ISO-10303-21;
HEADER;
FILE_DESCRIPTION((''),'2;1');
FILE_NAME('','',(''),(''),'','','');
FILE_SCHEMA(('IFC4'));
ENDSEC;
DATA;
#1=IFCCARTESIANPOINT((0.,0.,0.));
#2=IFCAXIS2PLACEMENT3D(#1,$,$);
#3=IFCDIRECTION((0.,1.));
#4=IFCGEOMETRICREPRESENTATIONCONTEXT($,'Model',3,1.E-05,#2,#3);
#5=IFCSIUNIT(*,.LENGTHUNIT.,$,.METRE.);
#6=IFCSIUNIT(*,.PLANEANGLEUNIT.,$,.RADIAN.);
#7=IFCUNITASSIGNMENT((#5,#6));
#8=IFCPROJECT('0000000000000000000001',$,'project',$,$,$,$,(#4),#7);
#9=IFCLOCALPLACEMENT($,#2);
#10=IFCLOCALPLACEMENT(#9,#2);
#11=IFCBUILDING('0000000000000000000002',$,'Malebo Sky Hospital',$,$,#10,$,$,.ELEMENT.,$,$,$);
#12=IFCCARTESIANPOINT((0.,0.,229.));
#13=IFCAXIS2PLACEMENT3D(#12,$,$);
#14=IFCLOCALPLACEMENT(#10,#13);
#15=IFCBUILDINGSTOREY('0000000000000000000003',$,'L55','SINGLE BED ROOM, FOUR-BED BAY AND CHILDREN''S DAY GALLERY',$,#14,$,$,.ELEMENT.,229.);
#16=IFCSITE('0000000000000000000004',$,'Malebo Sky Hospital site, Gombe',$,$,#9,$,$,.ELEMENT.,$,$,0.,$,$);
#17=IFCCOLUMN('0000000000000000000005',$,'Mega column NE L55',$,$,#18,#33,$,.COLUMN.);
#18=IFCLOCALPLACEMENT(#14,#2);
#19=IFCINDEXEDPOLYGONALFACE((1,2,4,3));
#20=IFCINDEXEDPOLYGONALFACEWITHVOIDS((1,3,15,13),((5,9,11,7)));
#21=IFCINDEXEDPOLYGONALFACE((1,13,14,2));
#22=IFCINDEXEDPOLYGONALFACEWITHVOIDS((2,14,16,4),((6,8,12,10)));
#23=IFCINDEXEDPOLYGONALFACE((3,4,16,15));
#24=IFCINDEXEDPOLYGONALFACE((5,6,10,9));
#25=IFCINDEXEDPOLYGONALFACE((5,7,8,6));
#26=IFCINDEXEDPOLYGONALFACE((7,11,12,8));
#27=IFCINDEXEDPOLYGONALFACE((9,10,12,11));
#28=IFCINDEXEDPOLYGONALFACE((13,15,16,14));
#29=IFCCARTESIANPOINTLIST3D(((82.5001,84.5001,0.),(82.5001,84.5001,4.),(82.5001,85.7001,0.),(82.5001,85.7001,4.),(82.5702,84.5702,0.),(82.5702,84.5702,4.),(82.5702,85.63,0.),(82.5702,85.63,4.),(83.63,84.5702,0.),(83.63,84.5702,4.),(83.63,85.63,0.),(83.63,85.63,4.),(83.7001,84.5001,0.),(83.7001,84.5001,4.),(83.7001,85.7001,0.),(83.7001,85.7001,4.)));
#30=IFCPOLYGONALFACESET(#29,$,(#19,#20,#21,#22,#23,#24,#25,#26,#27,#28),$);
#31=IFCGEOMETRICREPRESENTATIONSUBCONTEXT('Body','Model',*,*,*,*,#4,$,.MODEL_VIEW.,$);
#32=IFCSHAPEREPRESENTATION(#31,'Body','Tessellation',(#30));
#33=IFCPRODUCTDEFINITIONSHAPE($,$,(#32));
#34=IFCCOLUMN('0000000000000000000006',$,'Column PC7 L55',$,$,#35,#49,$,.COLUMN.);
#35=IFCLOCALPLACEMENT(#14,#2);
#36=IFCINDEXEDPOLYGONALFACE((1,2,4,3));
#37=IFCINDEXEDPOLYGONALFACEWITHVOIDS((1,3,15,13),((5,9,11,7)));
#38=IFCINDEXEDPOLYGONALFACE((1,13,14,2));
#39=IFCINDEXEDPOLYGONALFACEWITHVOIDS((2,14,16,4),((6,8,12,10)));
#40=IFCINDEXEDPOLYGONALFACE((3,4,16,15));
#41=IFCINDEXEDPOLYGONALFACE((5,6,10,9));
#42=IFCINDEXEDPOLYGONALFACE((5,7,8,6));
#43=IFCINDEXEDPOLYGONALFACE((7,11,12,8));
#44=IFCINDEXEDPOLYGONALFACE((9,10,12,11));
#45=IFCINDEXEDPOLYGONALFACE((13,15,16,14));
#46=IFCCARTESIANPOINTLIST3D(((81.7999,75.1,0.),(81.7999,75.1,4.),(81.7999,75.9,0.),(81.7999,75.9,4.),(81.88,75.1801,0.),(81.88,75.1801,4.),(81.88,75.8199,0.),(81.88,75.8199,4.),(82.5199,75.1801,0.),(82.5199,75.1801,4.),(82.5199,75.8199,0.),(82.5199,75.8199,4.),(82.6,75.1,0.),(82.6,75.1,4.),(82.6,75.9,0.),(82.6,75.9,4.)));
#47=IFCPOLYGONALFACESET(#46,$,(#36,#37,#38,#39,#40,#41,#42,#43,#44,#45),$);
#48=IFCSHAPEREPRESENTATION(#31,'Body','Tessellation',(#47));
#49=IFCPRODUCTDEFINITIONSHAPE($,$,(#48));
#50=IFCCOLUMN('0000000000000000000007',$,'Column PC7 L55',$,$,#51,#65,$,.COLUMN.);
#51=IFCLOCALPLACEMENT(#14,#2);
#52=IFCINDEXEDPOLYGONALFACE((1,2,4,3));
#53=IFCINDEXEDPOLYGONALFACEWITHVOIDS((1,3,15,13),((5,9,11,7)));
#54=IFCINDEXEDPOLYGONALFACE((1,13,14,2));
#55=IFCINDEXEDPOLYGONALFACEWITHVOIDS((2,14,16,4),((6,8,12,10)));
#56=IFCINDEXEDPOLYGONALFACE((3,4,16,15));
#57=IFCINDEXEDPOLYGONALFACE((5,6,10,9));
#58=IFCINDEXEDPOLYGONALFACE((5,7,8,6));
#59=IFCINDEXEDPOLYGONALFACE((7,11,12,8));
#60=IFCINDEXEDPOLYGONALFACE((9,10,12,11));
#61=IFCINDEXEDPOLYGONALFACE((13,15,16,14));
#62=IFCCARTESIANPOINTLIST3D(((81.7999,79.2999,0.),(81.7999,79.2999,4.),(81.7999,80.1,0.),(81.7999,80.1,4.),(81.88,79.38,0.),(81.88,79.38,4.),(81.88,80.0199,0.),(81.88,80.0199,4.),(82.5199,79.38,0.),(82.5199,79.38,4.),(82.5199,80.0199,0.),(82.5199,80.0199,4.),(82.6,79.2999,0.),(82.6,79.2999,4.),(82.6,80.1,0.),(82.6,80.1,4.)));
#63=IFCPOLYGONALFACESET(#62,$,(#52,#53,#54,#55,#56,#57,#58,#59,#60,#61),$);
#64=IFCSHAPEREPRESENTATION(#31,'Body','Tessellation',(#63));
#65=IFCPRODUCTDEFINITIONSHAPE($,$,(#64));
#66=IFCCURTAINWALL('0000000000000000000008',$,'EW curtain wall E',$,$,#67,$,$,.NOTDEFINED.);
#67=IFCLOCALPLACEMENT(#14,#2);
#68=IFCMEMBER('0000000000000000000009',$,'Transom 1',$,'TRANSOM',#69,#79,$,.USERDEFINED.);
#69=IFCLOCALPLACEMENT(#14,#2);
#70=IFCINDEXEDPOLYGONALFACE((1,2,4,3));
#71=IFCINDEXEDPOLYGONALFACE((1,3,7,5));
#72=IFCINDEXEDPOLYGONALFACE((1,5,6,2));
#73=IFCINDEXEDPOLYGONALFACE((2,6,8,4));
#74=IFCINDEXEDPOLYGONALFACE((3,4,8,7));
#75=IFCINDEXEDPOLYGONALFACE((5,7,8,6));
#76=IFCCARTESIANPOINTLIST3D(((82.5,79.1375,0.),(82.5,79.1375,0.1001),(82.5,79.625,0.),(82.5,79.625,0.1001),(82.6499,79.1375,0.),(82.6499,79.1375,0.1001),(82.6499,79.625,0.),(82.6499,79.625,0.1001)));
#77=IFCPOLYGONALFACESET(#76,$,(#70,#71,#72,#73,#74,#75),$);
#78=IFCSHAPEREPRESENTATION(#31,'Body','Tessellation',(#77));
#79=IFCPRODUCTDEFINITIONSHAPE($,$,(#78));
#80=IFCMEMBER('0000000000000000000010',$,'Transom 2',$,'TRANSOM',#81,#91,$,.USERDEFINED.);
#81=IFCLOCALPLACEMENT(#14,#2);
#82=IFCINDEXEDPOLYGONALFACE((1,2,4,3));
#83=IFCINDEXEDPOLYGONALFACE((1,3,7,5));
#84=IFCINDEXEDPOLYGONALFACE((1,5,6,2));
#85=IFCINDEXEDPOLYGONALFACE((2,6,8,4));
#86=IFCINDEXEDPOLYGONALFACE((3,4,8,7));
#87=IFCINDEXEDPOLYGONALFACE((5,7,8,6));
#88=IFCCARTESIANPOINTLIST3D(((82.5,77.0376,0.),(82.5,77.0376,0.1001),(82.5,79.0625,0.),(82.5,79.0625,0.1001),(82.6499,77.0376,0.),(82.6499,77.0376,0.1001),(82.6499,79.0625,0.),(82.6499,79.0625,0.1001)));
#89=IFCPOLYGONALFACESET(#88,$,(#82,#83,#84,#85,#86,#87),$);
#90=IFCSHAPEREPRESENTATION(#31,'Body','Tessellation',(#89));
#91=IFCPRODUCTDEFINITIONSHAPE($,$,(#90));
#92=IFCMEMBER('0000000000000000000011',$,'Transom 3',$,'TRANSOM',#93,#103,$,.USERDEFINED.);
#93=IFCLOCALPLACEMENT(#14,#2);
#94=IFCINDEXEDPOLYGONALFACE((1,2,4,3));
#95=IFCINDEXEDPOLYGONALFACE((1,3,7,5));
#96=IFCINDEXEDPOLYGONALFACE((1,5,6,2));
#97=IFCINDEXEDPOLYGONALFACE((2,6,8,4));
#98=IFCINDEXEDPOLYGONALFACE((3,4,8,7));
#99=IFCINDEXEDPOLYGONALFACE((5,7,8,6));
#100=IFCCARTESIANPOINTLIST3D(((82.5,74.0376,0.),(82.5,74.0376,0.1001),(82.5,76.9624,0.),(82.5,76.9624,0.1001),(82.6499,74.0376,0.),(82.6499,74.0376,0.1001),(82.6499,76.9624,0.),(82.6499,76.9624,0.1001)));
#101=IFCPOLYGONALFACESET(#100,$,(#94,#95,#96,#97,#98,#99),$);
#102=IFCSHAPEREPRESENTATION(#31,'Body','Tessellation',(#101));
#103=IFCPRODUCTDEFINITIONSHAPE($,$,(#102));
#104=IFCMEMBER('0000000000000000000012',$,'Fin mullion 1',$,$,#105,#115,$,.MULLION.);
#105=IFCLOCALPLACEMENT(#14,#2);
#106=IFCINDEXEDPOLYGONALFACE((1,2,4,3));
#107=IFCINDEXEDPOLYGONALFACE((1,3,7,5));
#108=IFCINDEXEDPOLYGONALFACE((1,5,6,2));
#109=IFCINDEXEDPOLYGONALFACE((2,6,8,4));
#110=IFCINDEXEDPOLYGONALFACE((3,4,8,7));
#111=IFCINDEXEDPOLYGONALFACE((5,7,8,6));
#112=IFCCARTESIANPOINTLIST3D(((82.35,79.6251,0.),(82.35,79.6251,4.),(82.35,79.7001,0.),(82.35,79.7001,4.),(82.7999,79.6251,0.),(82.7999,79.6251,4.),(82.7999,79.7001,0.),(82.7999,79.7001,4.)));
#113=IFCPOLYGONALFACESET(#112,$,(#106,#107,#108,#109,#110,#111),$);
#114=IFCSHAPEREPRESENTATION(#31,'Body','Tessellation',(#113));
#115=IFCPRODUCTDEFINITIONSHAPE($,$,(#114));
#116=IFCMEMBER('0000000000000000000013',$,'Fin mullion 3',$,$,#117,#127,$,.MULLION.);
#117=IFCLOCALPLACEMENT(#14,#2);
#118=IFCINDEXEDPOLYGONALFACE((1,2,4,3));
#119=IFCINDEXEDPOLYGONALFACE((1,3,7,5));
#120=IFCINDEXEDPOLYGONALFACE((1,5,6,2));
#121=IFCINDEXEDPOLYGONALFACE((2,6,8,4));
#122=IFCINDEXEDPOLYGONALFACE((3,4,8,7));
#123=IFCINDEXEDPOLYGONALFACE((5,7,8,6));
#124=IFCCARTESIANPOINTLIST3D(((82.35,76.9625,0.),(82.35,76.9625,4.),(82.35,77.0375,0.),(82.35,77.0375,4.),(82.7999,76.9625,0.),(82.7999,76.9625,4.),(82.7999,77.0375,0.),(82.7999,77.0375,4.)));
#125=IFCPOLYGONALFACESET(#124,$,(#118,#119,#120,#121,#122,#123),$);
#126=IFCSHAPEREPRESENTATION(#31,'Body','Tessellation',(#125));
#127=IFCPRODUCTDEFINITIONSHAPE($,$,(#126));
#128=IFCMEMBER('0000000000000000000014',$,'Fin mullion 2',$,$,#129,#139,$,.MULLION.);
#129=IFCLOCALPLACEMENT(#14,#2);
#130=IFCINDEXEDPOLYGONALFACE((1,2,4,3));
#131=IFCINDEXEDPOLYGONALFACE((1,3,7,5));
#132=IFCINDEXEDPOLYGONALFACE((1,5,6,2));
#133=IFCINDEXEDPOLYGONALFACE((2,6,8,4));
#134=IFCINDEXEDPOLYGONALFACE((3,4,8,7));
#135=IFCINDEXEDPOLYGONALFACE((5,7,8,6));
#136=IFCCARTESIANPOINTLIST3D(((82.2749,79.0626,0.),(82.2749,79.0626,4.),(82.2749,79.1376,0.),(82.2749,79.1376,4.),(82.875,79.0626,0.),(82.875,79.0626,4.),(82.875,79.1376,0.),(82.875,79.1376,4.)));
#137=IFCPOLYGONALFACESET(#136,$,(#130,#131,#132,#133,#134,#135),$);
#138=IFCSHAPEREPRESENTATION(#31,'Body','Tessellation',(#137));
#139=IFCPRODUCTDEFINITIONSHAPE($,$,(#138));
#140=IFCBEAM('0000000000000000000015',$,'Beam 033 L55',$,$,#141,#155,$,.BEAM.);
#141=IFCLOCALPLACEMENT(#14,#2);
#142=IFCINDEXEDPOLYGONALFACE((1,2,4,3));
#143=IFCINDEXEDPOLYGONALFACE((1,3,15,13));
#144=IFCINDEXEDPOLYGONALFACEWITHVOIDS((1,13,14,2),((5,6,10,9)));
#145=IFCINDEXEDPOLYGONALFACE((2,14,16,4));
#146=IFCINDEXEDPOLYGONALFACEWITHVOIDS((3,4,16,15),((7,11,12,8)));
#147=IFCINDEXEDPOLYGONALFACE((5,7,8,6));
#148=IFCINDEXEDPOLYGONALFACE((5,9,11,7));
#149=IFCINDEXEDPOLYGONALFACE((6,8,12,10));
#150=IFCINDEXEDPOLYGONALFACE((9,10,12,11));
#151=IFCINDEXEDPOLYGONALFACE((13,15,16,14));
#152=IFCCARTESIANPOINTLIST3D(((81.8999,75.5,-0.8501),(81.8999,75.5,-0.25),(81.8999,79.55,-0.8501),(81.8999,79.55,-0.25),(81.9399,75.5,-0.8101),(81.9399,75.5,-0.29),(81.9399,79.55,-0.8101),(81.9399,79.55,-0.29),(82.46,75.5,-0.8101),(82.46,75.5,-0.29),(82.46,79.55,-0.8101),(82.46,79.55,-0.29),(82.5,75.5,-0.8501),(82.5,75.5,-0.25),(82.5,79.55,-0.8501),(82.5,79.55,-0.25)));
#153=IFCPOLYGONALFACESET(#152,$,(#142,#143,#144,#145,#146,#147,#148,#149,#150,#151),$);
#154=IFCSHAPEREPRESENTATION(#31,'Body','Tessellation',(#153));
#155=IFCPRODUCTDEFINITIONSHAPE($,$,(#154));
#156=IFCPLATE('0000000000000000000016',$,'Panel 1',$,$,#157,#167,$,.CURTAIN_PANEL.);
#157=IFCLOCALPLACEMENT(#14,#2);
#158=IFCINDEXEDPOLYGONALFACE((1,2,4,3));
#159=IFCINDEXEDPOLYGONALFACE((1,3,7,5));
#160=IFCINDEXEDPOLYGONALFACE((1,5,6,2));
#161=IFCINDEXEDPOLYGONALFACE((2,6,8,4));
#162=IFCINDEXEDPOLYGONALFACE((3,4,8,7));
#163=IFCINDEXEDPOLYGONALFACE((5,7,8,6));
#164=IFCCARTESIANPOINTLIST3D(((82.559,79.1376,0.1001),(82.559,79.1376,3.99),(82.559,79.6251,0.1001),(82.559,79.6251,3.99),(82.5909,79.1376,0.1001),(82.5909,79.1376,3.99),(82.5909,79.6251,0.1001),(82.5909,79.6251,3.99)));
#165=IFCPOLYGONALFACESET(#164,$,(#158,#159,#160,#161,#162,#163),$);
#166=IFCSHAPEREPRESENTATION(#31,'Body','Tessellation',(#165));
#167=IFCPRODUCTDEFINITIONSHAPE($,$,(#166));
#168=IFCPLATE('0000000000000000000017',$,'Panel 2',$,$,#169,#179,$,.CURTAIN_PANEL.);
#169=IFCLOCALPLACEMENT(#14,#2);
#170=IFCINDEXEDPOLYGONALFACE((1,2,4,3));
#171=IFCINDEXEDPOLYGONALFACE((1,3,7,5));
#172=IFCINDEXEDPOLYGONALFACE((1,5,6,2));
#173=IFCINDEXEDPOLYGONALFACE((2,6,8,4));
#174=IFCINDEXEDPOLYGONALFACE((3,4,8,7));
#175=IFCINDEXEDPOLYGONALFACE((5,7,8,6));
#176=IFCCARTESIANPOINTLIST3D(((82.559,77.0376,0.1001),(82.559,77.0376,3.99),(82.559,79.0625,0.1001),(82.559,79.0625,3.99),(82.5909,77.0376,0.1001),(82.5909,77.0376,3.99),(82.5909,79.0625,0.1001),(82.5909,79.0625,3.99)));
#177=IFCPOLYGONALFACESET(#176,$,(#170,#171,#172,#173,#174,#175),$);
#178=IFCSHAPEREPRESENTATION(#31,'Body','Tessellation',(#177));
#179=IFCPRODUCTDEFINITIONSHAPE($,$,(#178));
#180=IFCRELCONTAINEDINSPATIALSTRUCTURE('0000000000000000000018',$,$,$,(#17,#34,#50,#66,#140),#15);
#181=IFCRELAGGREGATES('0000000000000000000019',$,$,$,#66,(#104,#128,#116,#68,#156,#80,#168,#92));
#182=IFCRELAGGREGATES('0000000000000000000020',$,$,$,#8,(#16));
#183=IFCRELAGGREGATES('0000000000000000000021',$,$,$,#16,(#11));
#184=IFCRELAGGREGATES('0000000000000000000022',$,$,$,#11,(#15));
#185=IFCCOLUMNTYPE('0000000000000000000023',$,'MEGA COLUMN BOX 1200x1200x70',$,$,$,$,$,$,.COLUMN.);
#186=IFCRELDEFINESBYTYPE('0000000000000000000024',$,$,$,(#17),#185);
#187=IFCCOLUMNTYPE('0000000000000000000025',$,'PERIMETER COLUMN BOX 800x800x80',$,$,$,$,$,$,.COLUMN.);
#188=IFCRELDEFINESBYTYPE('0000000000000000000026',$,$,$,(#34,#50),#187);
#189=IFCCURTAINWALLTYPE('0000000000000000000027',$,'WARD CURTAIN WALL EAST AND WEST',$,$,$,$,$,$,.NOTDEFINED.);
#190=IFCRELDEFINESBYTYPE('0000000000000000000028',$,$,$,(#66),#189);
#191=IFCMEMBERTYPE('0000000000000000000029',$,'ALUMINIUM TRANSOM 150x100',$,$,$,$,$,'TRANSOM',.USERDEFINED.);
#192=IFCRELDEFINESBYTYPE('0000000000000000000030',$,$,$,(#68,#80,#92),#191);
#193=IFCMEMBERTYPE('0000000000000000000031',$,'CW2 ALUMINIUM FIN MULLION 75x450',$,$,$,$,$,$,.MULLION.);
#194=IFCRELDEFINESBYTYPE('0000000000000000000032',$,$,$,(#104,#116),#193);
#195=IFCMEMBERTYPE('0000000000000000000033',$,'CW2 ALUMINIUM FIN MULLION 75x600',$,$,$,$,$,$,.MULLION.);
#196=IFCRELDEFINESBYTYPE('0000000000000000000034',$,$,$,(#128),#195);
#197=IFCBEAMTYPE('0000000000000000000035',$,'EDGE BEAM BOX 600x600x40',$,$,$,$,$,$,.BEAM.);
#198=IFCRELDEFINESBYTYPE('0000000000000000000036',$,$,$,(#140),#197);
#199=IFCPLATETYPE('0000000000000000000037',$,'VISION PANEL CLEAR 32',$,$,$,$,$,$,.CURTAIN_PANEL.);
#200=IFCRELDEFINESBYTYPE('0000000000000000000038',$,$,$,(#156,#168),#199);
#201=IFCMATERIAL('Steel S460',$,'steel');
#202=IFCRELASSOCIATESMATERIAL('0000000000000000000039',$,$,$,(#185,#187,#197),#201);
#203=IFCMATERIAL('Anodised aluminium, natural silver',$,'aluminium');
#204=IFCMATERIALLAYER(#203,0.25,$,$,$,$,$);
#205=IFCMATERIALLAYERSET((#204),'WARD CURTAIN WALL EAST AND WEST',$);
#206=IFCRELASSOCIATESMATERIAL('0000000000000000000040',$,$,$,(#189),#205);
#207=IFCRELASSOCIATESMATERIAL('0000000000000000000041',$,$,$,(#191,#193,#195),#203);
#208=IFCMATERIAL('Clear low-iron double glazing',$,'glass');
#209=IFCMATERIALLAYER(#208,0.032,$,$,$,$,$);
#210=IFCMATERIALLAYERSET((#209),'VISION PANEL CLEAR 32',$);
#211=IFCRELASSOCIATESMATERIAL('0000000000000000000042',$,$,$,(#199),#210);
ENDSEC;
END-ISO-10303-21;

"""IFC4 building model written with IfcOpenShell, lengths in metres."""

from ifc_helpers import new_model, si_unit, direction, frame, origin, origin_2d, place, context, subcontext, project, spatial, rectangle, hollow_rectangle, extrude, material, layer, layer_set, material_profile, profile_set, type_object, element, aggregate, save


model = new_model("IFC4")

# Units and contexts
model_context = context("Model", 3, precision=1e-05, world=origin(), true_north=direction((0.0, 1.0)))
body_context = subcontext(model_context, "Body", "Model", "MODEL_VIEW")
ifc_project = project(units=[si_unit("LENGTHUNIT", "METRE"), si_unit("PLANEANGLEUNIT", "RADIAN")], contexts=[model_context])

# Site, building, storey
site_placement = place(None, origin())
site = spatial("IfcSite", under=ifc_project, at=site_placement, Name="Malebo Sky Hospital site, Gombe", CompositionType="ELEMENT", RefElevation=0.0)
building_placement = place(site_placement, origin())
building = spatial("IfcBuilding", under=site, at=building_placement, Name="Malebo Sky Hospital", CompositionType="ELEMENT")
storey_placement = place(building_placement, frame((0.0, 0.0, 229.0)))
storey = spatial("IfcBuildingStorey", under=building, at=storey_placement, Name="L55", Description="SINGLE BED ROOM, FOUR-BED BAY AND CHILDREN'S DAY GALLERY", CompositionType="ELEMENT", Elevation=229.0)

# Columns
ifc_material_1 = material(Name="Steel S460", Category="steel")
ifc_material_profile_1 = material_profile(ifc_material_1, hollow_rectangle(XDim=1.2, YDim=1.2, WallThickness=0.0701, at=origin_2d()), Name="BOX 1200x1200x70")
ifc_profile_set_1 = profile_set([ifc_material_profile_1], Name="Steel S460")
column_type_1 = type_object("IfcColumnType", Name="MEGA COLUMN BOX 1200x1200x70", PredefinedType="COLUMN", material=ifc_profile_set_1)
column_placement = place(storey_placement, frame((83.1001, 85.1001, 0.0), z_axis=(0.0, 0.0, 1.0), x_axis=(1.0, 0.0, 0.0)))
element("IfcColumn", 1, at=column_placement, inside=storey, type_object=column_type_1, Name="Mega column NE L55", PredefinedType="COLUMN", context=body_context, shape_type="SweptSolid", body=[
    extrude(hollow_rectangle(XDim=1.2, YDim=1.2, WallThickness=0.0701, at=origin_2d()), origin(), (0.0, 0.0, 1.0), 4.0),
])
ifc_material_profile_2 = material_profile(ifc_material_1, hollow_rectangle(XDim=0.8, YDim=0.8, WallThickness=0.0801, at=origin_2d()), Name="BOX 800x800x80")
ifc_profile_set_2 = profile_set([ifc_material_profile_2], Name="Steel S460")
column_type_2 = type_object("IfcColumnType", Name="PERIMETER COLUMN BOX 800x800x80", PredefinedType="COLUMN", material=ifc_profile_set_2)
for number, where, z_axis, x_axis, name in (
    (2, (82.2, 75.5, 0.0), (0.0, 0.0, 1.0), (1.0, 0.0, 0.0), "Column PC7 L55"),
    (3, (82.2, 79.7, 0.0), (0.0, 0.0, 1.0), (1.0, 0.0, 0.0), "Column PC7 L55"),
):
    element("IfcColumn", number, at=place(storey_placement, frame(where, z_axis=z_axis, x_axis=x_axis)), inside=storey, type_object=column_type_2, Name=name, PredefinedType="COLUMN", context=body_context, shape_type="SweptSolid", body=[
        extrude(hollow_rectangle(XDim=0.8, YDim=0.8, WallThickness=0.0801, at=origin_2d()), origin(), (0.0, 0.0, 1.0), 4.0),
    ])

# Curtain wall, members
ifc_material_2 = material(Name="Anodised aluminium, natural silver", Category="aluminium")
ifc_layer_1 = layer(ifc_material_2, 0.25)
ifc_layer_set_1 = layer_set([ifc_layer_1], Name="WARD CURTAIN WALL EAST AND WEST")
curtain_wall_type = type_object("IfcCurtainWallType", Name="WARD CURTAIN WALL EAST AND WEST", PredefinedType="NOTDEFINED", material=ifc_layer_set_1)
curtain_wall_placement = place(storey_placement, origin())
curtain_wall = element("IfcCurtainWall", 4, at=curtain_wall_placement, inside=storey, type_object=curtain_wall_type, Name="EW curtain wall E", PredefinedType="NOTDEFINED")
ifc_material_profile_3 = material_profile(ifc_material_2, rectangle(XDim=0.1499, YDim=0.1001, at=origin_2d()), Name="ALUMINIUM TRANSOM 150x100")
ifc_profile_set_3 = profile_set([ifc_material_profile_3], Name="Anodised aluminium, natural silver")
member_type_1 = type_object("IfcMemberType", Name="ALUMINIUM TRANSOM 150x100", ElementType="TRANSOM", PredefinedType="USERDEFINED", material=ifc_profile_set_3)
member_1_placement = place(storey_placement, frame((82.575, 79.625, 0.05), z_axis=(0.0, -1.0, 0.0), x_axis=(1.0, 0.0, 0.0)))
member_1 = element("IfcMember", 5, at=member_1_placement, type_object=member_type_1, Name="Transom 1", ObjectType="TRANSOM", PredefinedType="USERDEFINED", context=body_context, shape_type="SweptSolid", body=[
    extrude(rectangle(XDim=0.1499, YDim=0.1001, at=origin_2d()), origin(), (0.0, 0.0, 1.0), 0.4875),
])
member_2_placement = place(storey_placement, frame((82.575, 79.0625, 0.05), z_axis=(0.0, -1.0, 0.0), x_axis=(1.0, 0.0, 0.0)))
member_2 = element("IfcMember", 6, at=member_2_placement, type_object=member_type_1, Name="Transom 2", ObjectType="TRANSOM", PredefinedType="USERDEFINED", context=body_context, shape_type="SweptSolid", body=[
    extrude(rectangle(XDim=0.1499, YDim=0.1001, at=origin_2d()), origin(), (0.0, 0.0, 1.0), 2.0249),
])
member_3_placement = place(storey_placement, frame((82.575, 76.9624, 0.05), z_axis=(0.0, -1.0, 0.0), x_axis=(1.0, 0.0, 0.0)))
member_3 = element("IfcMember", 7, at=member_3_placement, type_object=member_type_1, Name="Transom 3", ObjectType="TRANSOM", PredefinedType="USERDEFINED", context=body_context, shape_type="SweptSolid", body=[
    extrude(rectangle(XDim=0.1499, YDim=0.1001, at=origin_2d()), origin(), (0.0, 0.0, 1.0), 2.9248),
])
ifc_material_profile_4 = material_profile(ifc_material_2, rectangle(XDim=0.075, YDim=0.45, at=origin_2d()), Name="CW2 ALUMINIUM FIN MULLION 75x450")
ifc_profile_set_4 = profile_set([ifc_material_profile_4], Name="Anodised aluminium, natural silver")
member_type_2 = type_object("IfcMemberType", Name="CW2 ALUMINIUM FIN MULLION 75x450", PredefinedType="MULLION", material=ifc_profile_set_4)
member_4_placement = place(storey_placement, frame((82.575, 79.6626, 0.0), z_axis=(0.0, 0.0, 1.0), x_axis=(0.0, -1.0, 0.0)))
member_4 = element("IfcMember", 8, at=member_4_placement, type_object=member_type_2, Name="Fin mullion 1", PredefinedType="MULLION", context=body_context, shape_type="SweptSolid", body=[
    extrude(rectangle(XDim=0.075, YDim=0.45, at=origin_2d()), origin(), (0.0, 0.0, 1.0), 4.0),
])
member_5_placement = place(storey_placement, frame((82.575, 77.0, 0.0), z_axis=(0.0, 0.0, 1.0), x_axis=(0.0, -1.0, 0.0)))
member_5 = element("IfcMember", 9, at=member_5_placement, type_object=member_type_2, Name="Fin mullion 3", PredefinedType="MULLION", context=body_context, shape_type="SweptSolid", body=[
    extrude(rectangle(XDim=0.075, YDim=0.45, at=origin_2d()), origin(), (0.0, 0.0, 1.0), 4.0),
])
ifc_material_profile_5 = material_profile(ifc_material_2, rectangle(XDim=0.075, YDim=0.6001, at=origin_2d()), Name="CW2 ALUMINIUM FIN MULLION 75x600")
ifc_profile_set_5 = profile_set([ifc_material_profile_5], Name="Anodised aluminium, natural silver")
member_type_3 = type_object("IfcMemberType", Name="CW2 ALUMINIUM FIN MULLION 75x600", PredefinedType="MULLION", material=ifc_profile_set_5)
member_6_placement = place(storey_placement, frame((82.575, 79.1001, 0.0), z_axis=(0.0, 0.0, 1.0), x_axis=(0.0, -1.0, 0.0)))
member_6 = element("IfcMember", 10, at=member_6_placement, type_object=member_type_3, Name="Fin mullion 2", PredefinedType="MULLION", context=body_context, shape_type="SweptSolid", body=[
    extrude(rectangle(XDim=0.075, YDim=0.6001, at=origin_2d()), origin(), (0.0, 0.0, 1.0), 4.0),
])

# Beam
ifc_material_profile_6 = material_profile(ifc_material_1, hollow_rectangle(XDim=0.6001, YDim=0.6001, WallThickness=0.04, at=origin_2d()), Name="BOX 600x600x40")
ifc_profile_set_6 = profile_set([ifc_material_profile_6], Name="Steel S460")
beam_type = type_object("IfcBeamType", Name="EDGE BEAM BOX 600x600x40", PredefinedType="BEAM", material=ifc_profile_set_6)
beam_placement = place(storey_placement, frame((82.2, 75.5, -0.55), z_axis=(0.0, 1.0, 0.0), x_axis=(-1.0, 0.0, 0.0)))
element("IfcBeam", 11, at=beam_placement, inside=storey, type_object=beam_type, Name="Beam 033 L55", PredefinedType="BEAM", context=body_context, shape_type="SweptSolid", body=[
    extrude(hollow_rectangle(XDim=0.6001, YDim=0.6001, WallThickness=0.04, at=origin_2d()), origin(), (0.0, 0.0, 1.0), 4.05),
])

# Plates
ifc_material_3 = material(Name="Clear low-iron double glazing", Category="glass")
ifc_layer_2 = layer(ifc_material_3, 0.032)
ifc_layer_set_2 = layer_set([ifc_layer_2], Name="VISION PANEL CLEAR 32")
plate_type = type_object("IfcPlateType", Name="VISION PANEL CLEAR 32", PredefinedType="CURTAIN_PANEL", material=ifc_layer_set_2)
plate_1_placement = place(storey_placement, frame((82.575, 79.3813, 0.1001), z_axis=(0.0, 0.0, 1.0), x_axis=(0.0, -1.0, 0.0)))
plate_1 = element("IfcPlate", 12, at=plate_1_placement, type_object=plate_type, Name="Panel 1", PredefinedType="CURTAIN_PANEL", context=body_context, shape_type="SweptSolid", body=[
    extrude(rectangle(XDim=0.4875, YDim=0.032, at=origin_2d()), origin(), (0.0, 0.0, 1.0), 3.8899),
])
plate_2_placement = place(storey_placement, frame((82.575, 78.05, 0.1001), z_axis=(0.0, 0.0, 1.0), x_axis=(0.0, -1.0, 0.0)))
plate_2 = element("IfcPlate", 13, at=plate_2_placement, type_object=plate_type, Name="Panel 2", PredefinedType="CURTAIN_PANEL", context=body_context, shape_type="SweptSolid", body=[
    extrude(rectangle(XDim=2.0249, YDim=0.032, at=origin_2d()), origin(), (0.0, 0.0, 1.0), 3.8899),
])
aggregate(curtain_wall, [member_4, member_6, member_5, member_1, plate_1, member_2, plate_2, member_3])

save(model, "model.ifc")
